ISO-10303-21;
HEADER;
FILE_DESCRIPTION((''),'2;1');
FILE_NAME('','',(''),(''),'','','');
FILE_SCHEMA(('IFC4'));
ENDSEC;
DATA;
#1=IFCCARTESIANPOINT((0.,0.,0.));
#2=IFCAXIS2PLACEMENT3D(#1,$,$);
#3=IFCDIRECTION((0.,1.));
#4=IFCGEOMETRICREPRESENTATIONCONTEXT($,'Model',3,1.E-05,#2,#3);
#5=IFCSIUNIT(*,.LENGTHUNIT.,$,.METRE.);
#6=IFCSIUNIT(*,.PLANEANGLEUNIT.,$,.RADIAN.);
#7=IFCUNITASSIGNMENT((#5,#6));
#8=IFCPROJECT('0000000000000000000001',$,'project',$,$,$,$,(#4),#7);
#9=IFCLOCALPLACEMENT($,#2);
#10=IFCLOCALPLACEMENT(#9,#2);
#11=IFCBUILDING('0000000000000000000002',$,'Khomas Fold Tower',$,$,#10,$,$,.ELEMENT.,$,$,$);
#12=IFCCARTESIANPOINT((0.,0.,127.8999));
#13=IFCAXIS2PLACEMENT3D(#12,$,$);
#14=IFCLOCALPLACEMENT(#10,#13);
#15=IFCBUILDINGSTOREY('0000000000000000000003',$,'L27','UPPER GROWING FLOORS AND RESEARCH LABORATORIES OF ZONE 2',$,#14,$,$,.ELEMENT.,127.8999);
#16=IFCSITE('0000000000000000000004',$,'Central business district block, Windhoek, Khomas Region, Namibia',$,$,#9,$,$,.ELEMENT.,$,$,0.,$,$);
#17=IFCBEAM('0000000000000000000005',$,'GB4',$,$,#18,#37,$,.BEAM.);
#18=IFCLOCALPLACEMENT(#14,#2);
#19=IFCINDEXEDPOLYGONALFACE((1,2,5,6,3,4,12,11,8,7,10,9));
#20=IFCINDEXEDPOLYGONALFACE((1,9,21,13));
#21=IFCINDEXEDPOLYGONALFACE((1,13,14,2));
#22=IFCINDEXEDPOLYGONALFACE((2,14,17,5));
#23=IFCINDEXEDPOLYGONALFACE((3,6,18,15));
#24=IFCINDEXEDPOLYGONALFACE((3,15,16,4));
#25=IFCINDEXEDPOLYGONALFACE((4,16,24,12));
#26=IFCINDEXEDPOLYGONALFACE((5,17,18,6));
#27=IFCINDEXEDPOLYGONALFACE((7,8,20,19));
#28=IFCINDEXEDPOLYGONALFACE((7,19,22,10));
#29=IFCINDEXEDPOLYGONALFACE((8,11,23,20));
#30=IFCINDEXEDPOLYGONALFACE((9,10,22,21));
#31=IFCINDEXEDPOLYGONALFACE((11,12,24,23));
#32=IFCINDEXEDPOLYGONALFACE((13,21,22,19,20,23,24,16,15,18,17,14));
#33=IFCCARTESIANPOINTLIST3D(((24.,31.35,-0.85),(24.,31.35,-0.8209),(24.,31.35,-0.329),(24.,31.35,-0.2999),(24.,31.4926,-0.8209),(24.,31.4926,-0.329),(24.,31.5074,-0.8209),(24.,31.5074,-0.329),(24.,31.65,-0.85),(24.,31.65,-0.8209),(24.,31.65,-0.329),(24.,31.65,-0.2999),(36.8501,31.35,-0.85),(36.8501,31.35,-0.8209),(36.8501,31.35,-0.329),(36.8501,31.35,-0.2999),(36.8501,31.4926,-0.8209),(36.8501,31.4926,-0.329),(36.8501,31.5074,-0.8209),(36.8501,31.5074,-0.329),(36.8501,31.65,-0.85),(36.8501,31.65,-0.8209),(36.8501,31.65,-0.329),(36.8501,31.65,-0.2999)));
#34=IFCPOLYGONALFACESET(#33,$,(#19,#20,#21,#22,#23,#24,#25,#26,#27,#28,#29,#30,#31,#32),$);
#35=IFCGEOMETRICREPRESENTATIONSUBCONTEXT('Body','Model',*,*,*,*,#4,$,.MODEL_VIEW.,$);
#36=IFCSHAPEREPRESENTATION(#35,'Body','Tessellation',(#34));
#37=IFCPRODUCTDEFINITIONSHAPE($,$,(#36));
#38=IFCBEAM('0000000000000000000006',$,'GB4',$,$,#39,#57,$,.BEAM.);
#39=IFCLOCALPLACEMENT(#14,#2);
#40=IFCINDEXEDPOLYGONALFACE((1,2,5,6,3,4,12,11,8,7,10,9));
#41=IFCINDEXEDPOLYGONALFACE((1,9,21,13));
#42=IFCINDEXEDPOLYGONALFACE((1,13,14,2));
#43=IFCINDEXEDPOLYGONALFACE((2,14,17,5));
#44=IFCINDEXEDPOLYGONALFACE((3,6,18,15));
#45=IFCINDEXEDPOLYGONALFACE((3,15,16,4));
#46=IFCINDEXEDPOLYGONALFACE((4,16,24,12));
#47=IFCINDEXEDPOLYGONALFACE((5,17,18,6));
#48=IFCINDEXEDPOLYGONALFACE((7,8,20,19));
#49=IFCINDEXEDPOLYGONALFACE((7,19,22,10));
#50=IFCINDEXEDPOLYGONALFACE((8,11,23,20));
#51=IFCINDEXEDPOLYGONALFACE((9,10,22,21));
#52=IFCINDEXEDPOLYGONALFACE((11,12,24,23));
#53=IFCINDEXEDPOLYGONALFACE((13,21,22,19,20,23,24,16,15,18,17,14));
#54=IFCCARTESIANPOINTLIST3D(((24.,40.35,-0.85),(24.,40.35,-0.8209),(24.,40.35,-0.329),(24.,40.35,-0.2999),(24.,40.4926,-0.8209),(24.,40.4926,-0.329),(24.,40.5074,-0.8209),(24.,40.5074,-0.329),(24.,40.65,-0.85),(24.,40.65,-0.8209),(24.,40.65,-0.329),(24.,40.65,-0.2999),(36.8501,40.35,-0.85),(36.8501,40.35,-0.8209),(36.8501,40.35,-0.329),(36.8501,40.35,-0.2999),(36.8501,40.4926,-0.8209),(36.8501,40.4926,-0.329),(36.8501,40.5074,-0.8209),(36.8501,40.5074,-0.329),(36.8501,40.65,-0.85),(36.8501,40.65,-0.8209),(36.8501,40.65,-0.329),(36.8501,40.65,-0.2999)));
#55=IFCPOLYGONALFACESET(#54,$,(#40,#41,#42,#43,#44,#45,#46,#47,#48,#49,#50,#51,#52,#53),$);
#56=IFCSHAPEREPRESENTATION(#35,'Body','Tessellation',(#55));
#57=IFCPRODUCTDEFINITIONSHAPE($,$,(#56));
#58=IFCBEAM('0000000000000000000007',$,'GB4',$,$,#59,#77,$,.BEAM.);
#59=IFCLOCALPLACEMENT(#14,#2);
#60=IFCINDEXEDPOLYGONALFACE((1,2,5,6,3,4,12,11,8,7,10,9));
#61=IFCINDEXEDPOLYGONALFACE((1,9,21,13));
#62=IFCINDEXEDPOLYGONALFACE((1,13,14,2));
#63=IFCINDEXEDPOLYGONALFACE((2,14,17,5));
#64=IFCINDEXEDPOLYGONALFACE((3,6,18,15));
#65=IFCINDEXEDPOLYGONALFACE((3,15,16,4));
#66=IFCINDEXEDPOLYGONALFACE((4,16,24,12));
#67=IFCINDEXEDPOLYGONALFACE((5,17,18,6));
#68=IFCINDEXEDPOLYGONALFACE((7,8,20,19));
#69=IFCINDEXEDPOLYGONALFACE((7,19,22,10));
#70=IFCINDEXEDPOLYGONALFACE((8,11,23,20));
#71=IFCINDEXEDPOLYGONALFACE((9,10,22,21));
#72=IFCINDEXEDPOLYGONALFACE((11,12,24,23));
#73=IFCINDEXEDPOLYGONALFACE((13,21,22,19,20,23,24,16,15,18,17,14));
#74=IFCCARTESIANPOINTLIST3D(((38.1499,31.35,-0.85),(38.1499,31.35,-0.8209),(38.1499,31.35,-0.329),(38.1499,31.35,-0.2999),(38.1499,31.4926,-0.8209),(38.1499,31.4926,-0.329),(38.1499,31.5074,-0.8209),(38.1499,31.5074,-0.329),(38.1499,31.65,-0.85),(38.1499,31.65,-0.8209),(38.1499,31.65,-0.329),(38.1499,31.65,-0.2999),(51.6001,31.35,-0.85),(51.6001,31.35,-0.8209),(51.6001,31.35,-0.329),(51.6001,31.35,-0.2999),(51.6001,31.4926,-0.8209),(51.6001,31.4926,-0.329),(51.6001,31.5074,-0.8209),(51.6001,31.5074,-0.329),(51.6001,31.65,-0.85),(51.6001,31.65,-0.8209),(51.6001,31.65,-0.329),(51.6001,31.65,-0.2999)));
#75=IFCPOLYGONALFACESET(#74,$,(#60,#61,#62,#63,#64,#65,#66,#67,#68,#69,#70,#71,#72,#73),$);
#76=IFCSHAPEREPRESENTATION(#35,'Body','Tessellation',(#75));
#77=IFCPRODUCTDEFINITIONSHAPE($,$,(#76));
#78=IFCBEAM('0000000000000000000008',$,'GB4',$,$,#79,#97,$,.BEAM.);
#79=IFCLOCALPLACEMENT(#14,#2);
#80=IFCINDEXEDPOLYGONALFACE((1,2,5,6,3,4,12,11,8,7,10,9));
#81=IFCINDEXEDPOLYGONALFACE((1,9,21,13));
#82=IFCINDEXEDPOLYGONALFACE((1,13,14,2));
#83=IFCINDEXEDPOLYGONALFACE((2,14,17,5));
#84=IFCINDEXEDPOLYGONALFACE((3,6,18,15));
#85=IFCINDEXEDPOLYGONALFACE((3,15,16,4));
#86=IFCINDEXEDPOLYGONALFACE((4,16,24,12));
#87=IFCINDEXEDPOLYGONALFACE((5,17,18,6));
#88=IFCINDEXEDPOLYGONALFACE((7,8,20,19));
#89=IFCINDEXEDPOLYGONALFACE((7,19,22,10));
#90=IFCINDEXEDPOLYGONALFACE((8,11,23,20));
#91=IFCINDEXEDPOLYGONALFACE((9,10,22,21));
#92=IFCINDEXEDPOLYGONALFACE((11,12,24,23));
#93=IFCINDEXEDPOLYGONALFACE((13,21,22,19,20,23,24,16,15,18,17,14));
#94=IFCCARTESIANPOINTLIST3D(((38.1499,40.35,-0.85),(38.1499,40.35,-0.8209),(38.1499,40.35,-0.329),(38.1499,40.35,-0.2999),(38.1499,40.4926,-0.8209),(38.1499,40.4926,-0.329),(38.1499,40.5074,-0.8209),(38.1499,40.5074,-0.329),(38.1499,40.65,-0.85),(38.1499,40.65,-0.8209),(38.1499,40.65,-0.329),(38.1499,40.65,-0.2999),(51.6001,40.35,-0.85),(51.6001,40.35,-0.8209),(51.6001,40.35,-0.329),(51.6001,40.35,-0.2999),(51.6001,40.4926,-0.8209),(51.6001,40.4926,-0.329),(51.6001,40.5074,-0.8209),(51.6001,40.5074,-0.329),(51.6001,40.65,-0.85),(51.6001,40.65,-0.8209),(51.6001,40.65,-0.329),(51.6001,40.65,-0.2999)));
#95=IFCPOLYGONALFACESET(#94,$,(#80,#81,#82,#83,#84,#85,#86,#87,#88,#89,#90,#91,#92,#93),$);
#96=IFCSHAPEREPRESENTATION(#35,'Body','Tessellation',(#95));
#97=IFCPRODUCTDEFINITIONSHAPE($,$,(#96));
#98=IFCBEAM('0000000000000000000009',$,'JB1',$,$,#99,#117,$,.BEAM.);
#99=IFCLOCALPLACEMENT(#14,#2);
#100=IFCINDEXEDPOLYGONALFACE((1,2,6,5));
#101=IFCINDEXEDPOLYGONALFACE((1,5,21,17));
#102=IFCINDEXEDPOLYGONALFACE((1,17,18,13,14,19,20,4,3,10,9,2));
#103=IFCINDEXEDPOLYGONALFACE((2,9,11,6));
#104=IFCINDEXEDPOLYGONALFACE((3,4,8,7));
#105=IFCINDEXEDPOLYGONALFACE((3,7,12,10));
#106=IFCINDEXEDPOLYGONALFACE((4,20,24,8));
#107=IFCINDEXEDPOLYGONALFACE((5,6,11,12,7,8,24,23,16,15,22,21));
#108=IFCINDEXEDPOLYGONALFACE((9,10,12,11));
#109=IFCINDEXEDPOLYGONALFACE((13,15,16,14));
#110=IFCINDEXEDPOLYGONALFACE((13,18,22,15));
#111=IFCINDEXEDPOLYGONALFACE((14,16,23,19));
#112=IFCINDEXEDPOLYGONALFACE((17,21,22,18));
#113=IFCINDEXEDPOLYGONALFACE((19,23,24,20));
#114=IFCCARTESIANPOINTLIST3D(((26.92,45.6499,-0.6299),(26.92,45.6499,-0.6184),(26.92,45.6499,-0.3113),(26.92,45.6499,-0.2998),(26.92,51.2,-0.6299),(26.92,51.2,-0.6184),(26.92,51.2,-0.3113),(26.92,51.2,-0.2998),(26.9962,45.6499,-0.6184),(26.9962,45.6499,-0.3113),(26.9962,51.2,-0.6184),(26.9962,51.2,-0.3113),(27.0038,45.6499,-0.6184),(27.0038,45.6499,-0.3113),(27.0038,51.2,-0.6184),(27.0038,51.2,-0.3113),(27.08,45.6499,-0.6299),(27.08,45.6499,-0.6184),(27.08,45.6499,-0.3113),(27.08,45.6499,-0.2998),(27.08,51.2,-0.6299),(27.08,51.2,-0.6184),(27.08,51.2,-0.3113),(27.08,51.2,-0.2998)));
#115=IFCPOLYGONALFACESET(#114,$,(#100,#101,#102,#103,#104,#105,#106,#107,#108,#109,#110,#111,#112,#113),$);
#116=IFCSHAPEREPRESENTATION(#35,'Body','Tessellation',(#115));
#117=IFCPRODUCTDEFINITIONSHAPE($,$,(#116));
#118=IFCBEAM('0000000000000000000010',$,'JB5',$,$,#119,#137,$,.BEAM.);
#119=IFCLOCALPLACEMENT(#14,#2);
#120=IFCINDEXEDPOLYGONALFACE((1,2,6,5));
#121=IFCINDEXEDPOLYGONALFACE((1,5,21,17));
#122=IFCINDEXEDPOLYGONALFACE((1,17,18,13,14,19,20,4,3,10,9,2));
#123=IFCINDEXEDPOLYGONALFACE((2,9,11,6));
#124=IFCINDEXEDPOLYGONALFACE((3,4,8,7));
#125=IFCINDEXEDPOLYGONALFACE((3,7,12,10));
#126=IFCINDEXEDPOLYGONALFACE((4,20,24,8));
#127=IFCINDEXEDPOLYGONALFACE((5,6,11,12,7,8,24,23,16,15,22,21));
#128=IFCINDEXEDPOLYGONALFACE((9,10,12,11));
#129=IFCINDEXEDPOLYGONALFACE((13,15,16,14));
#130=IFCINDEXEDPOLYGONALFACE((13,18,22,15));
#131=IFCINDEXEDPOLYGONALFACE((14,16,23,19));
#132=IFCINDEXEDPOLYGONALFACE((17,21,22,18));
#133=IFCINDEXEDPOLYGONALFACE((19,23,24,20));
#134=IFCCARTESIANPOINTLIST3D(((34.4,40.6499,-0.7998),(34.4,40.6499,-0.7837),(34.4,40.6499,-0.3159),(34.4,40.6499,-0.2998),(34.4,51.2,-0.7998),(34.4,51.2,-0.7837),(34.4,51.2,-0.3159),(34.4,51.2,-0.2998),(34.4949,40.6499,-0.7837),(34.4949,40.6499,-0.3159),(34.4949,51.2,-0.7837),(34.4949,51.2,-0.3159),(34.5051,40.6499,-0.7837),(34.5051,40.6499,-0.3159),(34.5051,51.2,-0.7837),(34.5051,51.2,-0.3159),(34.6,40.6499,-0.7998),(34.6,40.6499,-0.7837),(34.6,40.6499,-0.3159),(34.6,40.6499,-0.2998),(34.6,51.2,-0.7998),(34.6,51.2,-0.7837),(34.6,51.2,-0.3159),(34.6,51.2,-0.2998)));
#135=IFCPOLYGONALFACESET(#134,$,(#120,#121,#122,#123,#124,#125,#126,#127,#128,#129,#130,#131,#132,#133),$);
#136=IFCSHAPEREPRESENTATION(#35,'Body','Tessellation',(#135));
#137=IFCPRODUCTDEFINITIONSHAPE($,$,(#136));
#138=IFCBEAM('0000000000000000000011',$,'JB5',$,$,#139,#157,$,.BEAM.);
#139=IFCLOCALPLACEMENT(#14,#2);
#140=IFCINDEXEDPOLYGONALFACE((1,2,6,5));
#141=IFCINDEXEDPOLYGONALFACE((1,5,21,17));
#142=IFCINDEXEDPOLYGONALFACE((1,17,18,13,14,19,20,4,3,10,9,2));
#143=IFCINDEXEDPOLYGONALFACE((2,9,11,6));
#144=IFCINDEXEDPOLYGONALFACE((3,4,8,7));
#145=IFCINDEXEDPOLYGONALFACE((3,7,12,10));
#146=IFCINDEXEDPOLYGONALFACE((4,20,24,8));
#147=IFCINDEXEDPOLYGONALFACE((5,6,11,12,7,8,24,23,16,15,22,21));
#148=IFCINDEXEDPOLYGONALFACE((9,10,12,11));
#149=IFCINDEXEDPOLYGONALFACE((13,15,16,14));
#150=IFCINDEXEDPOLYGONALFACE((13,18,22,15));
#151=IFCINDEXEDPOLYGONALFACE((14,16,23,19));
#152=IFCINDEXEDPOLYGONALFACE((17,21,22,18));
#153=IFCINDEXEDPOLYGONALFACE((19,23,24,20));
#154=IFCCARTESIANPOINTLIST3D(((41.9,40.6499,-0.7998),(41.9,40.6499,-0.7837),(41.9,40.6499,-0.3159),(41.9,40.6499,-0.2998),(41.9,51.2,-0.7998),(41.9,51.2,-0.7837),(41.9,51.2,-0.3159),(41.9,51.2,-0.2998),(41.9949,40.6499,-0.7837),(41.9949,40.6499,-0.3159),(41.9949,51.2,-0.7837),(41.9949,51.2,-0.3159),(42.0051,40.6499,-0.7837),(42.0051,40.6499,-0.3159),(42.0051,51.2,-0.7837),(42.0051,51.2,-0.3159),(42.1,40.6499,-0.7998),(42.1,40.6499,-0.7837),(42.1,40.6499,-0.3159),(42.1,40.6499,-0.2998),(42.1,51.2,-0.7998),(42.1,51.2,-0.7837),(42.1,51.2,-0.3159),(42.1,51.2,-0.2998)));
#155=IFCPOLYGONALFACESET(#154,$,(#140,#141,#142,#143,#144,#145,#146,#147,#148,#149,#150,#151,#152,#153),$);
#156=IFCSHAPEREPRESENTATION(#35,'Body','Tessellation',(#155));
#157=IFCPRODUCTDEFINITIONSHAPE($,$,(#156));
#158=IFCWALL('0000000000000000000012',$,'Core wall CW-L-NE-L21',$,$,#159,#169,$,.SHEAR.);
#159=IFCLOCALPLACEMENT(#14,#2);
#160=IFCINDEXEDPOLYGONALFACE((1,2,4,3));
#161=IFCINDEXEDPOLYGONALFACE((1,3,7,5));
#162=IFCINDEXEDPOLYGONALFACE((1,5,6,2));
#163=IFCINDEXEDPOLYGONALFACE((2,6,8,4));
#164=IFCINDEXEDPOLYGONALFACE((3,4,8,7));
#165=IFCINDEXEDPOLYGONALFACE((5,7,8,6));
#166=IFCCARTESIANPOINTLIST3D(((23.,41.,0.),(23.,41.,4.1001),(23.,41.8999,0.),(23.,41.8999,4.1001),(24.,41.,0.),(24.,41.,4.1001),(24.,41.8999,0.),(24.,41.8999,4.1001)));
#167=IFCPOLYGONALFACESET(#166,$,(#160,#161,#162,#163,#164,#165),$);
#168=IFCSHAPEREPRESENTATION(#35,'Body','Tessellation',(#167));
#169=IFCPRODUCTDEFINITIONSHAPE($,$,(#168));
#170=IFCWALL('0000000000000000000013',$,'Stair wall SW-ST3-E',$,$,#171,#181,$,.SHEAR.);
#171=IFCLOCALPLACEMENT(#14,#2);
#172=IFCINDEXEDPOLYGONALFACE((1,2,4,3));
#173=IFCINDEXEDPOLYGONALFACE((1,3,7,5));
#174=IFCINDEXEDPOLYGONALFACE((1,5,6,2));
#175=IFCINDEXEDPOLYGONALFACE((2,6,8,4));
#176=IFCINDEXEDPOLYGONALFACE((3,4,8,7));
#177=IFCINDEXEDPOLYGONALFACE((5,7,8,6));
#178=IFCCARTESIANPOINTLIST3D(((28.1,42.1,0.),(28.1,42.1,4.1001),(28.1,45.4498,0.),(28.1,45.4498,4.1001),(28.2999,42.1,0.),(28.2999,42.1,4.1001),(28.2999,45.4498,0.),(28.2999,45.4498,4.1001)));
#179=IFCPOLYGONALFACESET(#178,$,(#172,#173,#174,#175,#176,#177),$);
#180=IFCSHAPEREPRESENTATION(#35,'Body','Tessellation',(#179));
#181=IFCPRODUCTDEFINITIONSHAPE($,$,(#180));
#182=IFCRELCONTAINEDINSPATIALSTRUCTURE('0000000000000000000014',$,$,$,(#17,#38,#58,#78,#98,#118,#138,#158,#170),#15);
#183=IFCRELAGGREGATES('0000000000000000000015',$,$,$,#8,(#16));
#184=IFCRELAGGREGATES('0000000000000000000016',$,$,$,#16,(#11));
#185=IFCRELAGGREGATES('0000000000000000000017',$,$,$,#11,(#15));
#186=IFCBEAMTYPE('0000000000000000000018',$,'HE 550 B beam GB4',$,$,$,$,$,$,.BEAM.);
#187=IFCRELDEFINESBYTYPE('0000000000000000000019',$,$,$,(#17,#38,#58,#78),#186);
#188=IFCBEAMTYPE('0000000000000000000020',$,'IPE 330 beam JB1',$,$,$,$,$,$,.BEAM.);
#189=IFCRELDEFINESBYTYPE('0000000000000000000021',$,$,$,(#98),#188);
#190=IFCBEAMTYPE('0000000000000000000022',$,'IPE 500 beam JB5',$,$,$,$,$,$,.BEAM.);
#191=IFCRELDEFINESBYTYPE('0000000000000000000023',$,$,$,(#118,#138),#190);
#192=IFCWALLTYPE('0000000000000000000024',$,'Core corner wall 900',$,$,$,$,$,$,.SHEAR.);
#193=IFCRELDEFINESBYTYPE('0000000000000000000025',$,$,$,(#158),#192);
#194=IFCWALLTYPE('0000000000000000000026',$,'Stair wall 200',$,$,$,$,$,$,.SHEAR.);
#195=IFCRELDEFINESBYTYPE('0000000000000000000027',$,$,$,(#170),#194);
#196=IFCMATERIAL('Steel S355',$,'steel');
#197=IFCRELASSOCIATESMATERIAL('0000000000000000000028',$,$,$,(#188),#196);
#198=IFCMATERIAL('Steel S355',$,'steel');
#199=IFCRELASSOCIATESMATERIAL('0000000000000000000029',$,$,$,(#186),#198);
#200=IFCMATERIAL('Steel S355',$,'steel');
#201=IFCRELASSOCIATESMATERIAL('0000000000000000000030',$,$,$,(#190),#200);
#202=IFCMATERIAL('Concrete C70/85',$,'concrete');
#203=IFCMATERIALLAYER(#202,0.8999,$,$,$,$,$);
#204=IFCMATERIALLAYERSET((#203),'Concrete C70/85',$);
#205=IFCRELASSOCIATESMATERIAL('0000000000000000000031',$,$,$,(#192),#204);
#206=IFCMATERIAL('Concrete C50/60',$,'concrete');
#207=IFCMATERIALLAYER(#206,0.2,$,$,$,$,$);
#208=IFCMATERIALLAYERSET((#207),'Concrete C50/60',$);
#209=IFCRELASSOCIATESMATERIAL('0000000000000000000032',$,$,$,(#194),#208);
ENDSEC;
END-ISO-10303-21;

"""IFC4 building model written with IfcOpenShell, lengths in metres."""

from ifc_helpers import new_model, si_unit, direction, frame, frame_2d, origin, origin_2d, place, context, subcontext, project, spatial, rectangle, i_section, extrude, source, transform, mapped, material, layer, layer_set, material_profile, profile_set, type_object, element, save


model = new_model("IFC4")

# Units and contexts
model_context = context("Model", 3, precision=1e-05, world=origin(), true_north=direction((0.0, 1.0)))
body_context = subcontext(model_context, "Body", "Model", "MODEL_VIEW")
ifc_project = project(units=[si_unit("LENGTHUNIT", "METRE"), si_unit("PLANEANGLEUNIT", "RADIAN")], contexts=[model_context])

# Site, building, storey
site_placement = place(None, origin())
site = spatial("IfcSite", under=ifc_project, at=site_placement, Name="Central business district block, Windhoek, Khomas Region, Namibia", CompositionType="ELEMENT", RefElevation=0.0)
building_placement = place(site_placement, origin())
building = spatial("IfcBuilding", under=site, at=building_placement, Name="Khomas Fold Tower", CompositionType="ELEMENT")
storey_placement = place(building_placement, frame((0.0, 0.0, 127.8999)))
storey = spatial("IfcBuildingStorey", under=building, at=storey_placement, Name="L27", Description="UPPER GROWING FLOORS AND RESEARCH LABORATORIES OF ZONE 2", CompositionType="ELEMENT", Elevation=127.8999)

# Beams
ifc_material_1 = material(Name="Steel S355", Category="steel")
ifc_material_profile_1 = material_profile(ifc_material_1, i_section(OverallWidth=0.1599, OverallDepth=0.3301, WebThickness=0.0076, FlangeThickness=0.0115, at=origin_2d()), Name="IPE 330")
ifc_profile_set_1 = profile_set([ifc_material_profile_1], Name="Steel S355")
beam_type_1 = type_object("IfcBeamType", Name="IPE 330 beam JB1", PredefinedType="BEAM", material=ifc_profile_set_1)
ifc_material_2 = material(Name="Steel S355", Category="steel")
ifc_material_profile_2 = material_profile(ifc_material_2, i_section(OverallWidth=0.3, OverallDepth=0.55, WebThickness=0.0149, FlangeThickness=0.0291, at=origin_2d()), Name="HE 550 B")
ifc_profile_set_2 = profile_set([ifc_material_profile_2], Name="Steel S355")
beam_type_2 = type_object("IfcBeamType", Name="HE 550 B beam GB4", PredefinedType="BEAM", material=ifc_profile_set_2)
shared_shape_1 = source(origin(), body_context, "Body", "SweptSolid", [
    extrude(i_section(OverallWidth=0.3, OverallDepth=0.55, WebThickness=0.0149, FlangeThickness=0.0291, at=origin_2d()), origin(), (0.0, 0.0, 1.0), 12.8501),
])
for number, where, z_axis, x_axis, name in (
    (1, (24.0, 31.5, -0.575), (1.0, 0.0, 0.0), (0.0, 1.0, 0.0), "GB4"),
    (2, (24.0, 40.5, -0.575), (1.0, 0.0, 0.0), (0.0, 1.0, 0.0), "GB4"),
):
    element("IfcBeam", number, at=place(storey_placement, frame(where, z_axis=z_axis, x_axis=x_axis)), inside=storey, type_object=beam_type_2, Name=name, PredefinedType="BEAM", context=body_context, shape_type="MappedRepresentation", body=[
        mapped(shared_shape_1, transform((0.0, 0.0, 0.0))),
    ])
shared_shape_2 = source(origin(), body_context, "Body", "SweptSolid", [
    extrude(i_section(OverallWidth=0.3, OverallDepth=0.55, WebThickness=0.0149, FlangeThickness=0.0291, at=origin_2d()), origin(), (0.0, 0.0, 1.0), 13.4502),
])
for number, where, z_axis, x_axis, name in (
    (3, (38.1499, 31.5, -0.575), (1.0, 0.0, 0.0), (0.0, 1.0, 0.0), "GB4"),
    (4, (38.1499, 40.5, -0.575), (1.0, 0.0, 0.0), (0.0, 1.0, 0.0), "GB4"),
):
    element("IfcBeam", number, at=place(storey_placement, frame(where, z_axis=z_axis, x_axis=x_axis)), inside=storey, type_object=beam_type_2, Name=name, PredefinedType="BEAM", context=body_context, shape_type="MappedRepresentation", body=[
        mapped(shared_shape_2, transform((0.0, 0.0, 0.0))),
    ])
shared_shape_3 = source(origin(), body_context, "Body", "SweptSolid", [
    extrude(i_section(OverallWidth=0.1599, OverallDepth=0.3301, WebThickness=0.0076, FlangeThickness=0.0115, at=origin_2d()), origin(), (0.0, 0.0, 1.0), 5.55),
])
beam_1_placement = place(storey_placement, frame((27.0, 45.6499, -0.4648), z_axis=(0.0, 1.0, 0.0), x_axis=(-1.0, 0.0, 0.0)))
element("IfcBeam", 5, at=beam_1_placement, inside=storey, type_object=beam_type_1, Name="JB1", PredefinedType="BEAM", context=body_context, shape_type="MappedRepresentation", body=[
    mapped(shared_shape_3, transform((0.0, 0.0, 0.0))),
])
ifc_material_3 = material(Name="Steel S355", Category="steel")
ifc_material_profile_3 = material_profile(ifc_material_3, i_section(OverallWidth=0.2, OverallDepth=0.5, WebThickness=0.0103, FlangeThickness=0.0161, at=origin_2d()), Name="IPE 500")
ifc_profile_set_3 = profile_set([ifc_material_profile_3], Name="Steel S355")
beam_type_3 = type_object("IfcBeamType", Name="IPE 500 beam JB5", PredefinedType="BEAM", material=ifc_profile_set_3)
shared_shape_4 = source(origin(), body_context, "Body", "SweptSolid", [
    extrude(i_section(OverallWidth=0.2, OverallDepth=0.5, WebThickness=0.0103, FlangeThickness=0.0161, at=origin_2d()), origin(), (0.0, 0.0, 1.0), 10.55),
])
for number, where, z_axis, x_axis, name in (
    (6, (34.5, 40.6499, -0.5498), (0.0, 1.0, 0.0), (-1.0, 0.0, 0.0), "JB5"),
    (7, (42.0, 40.6499, -0.5498), (0.0, 1.0, 0.0), (-1.0, 0.0, 0.0), "JB5"),
):
    element("IfcBeam", number, at=place(storey_placement, frame(where, z_axis=z_axis, x_axis=x_axis)), inside=storey, type_object=beam_type_3, Name=name, PredefinedType="BEAM", context=body_context, shape_type="MappedRepresentation", body=[
        mapped(shared_shape_4, transform((0.0, 0.0, 0.0))),
    ])

# Walls
ifc_material_4 = material(Name="Concrete C70/85", Category="concrete")
ifc_layer_1 = layer(ifc_material_4, 0.8999)
ifc_layer_set_1 = layer_set([ifc_layer_1], Name="Concrete C70/85")
wall_type_1 = type_object("IfcWallType", Name="Core corner wall 900", PredefinedType="SHEAR", material=ifc_layer_set_1)
shared_shape_5 = source(origin(), body_context, "Body", "SweptSolid", [
    extrude(rectangle(XDim=1.0, YDim=0.8999, at=frame_2d((0.5, 0.0))), origin(), (0.0, 0.0, 1.0), 4.1001),
])
wall_1_placement = place(storey_placement, frame((23.0, 41.45, 0.0), z_axis=(0.0, 0.0, 1.0), x_axis=(1.0, 0.0, 0.0)))
element("IfcWall", 8, at=wall_1_placement, inside=storey, type_object=wall_type_1, Name="Core wall CW-L-NE-L21", PredefinedType="SHEAR", context=body_context, shape_type="MappedRepresentation", body=[
    mapped(shared_shape_5, transform((0.0, 0.0, 0.0))),
])
ifc_material_5 = material(Name="Concrete C50/60", Category="concrete")
ifc_layer_2 = layer(ifc_material_5, 0.2)
ifc_layer_set_2 = layer_set([ifc_layer_2], Name="Concrete C50/60")
wall_type_2 = type_object("IfcWallType", Name="Stair wall 200", PredefinedType="SHEAR", material=ifc_layer_set_2)
shared_shape_6 = source(origin(), body_context, "Body", "SweptSolid", [
    extrude(rectangle(XDim=3.3499, YDim=0.2, at=frame_2d((1.6748, 0.0))), origin(), (0.0, 0.0, 1.0), 4.1001),
])
wall_2_placement = place(storey_placement, frame((28.2, 42.1001, 0.0), z_axis=(0.0, 0.0, 1.0), x_axis=(0.0, 1.0, 0.0)))
element("IfcWall", 9, at=wall_2_placement, inside=storey, type_object=wall_type_2, Name="Stair wall SW-ST3-E", PredefinedType="SHEAR", context=body_context, shape_type="MappedRepresentation", body=[
    mapped(shared_shape_6, transform((0.0, 0.0, 0.0))),
])

save(model, "model.ifc")
